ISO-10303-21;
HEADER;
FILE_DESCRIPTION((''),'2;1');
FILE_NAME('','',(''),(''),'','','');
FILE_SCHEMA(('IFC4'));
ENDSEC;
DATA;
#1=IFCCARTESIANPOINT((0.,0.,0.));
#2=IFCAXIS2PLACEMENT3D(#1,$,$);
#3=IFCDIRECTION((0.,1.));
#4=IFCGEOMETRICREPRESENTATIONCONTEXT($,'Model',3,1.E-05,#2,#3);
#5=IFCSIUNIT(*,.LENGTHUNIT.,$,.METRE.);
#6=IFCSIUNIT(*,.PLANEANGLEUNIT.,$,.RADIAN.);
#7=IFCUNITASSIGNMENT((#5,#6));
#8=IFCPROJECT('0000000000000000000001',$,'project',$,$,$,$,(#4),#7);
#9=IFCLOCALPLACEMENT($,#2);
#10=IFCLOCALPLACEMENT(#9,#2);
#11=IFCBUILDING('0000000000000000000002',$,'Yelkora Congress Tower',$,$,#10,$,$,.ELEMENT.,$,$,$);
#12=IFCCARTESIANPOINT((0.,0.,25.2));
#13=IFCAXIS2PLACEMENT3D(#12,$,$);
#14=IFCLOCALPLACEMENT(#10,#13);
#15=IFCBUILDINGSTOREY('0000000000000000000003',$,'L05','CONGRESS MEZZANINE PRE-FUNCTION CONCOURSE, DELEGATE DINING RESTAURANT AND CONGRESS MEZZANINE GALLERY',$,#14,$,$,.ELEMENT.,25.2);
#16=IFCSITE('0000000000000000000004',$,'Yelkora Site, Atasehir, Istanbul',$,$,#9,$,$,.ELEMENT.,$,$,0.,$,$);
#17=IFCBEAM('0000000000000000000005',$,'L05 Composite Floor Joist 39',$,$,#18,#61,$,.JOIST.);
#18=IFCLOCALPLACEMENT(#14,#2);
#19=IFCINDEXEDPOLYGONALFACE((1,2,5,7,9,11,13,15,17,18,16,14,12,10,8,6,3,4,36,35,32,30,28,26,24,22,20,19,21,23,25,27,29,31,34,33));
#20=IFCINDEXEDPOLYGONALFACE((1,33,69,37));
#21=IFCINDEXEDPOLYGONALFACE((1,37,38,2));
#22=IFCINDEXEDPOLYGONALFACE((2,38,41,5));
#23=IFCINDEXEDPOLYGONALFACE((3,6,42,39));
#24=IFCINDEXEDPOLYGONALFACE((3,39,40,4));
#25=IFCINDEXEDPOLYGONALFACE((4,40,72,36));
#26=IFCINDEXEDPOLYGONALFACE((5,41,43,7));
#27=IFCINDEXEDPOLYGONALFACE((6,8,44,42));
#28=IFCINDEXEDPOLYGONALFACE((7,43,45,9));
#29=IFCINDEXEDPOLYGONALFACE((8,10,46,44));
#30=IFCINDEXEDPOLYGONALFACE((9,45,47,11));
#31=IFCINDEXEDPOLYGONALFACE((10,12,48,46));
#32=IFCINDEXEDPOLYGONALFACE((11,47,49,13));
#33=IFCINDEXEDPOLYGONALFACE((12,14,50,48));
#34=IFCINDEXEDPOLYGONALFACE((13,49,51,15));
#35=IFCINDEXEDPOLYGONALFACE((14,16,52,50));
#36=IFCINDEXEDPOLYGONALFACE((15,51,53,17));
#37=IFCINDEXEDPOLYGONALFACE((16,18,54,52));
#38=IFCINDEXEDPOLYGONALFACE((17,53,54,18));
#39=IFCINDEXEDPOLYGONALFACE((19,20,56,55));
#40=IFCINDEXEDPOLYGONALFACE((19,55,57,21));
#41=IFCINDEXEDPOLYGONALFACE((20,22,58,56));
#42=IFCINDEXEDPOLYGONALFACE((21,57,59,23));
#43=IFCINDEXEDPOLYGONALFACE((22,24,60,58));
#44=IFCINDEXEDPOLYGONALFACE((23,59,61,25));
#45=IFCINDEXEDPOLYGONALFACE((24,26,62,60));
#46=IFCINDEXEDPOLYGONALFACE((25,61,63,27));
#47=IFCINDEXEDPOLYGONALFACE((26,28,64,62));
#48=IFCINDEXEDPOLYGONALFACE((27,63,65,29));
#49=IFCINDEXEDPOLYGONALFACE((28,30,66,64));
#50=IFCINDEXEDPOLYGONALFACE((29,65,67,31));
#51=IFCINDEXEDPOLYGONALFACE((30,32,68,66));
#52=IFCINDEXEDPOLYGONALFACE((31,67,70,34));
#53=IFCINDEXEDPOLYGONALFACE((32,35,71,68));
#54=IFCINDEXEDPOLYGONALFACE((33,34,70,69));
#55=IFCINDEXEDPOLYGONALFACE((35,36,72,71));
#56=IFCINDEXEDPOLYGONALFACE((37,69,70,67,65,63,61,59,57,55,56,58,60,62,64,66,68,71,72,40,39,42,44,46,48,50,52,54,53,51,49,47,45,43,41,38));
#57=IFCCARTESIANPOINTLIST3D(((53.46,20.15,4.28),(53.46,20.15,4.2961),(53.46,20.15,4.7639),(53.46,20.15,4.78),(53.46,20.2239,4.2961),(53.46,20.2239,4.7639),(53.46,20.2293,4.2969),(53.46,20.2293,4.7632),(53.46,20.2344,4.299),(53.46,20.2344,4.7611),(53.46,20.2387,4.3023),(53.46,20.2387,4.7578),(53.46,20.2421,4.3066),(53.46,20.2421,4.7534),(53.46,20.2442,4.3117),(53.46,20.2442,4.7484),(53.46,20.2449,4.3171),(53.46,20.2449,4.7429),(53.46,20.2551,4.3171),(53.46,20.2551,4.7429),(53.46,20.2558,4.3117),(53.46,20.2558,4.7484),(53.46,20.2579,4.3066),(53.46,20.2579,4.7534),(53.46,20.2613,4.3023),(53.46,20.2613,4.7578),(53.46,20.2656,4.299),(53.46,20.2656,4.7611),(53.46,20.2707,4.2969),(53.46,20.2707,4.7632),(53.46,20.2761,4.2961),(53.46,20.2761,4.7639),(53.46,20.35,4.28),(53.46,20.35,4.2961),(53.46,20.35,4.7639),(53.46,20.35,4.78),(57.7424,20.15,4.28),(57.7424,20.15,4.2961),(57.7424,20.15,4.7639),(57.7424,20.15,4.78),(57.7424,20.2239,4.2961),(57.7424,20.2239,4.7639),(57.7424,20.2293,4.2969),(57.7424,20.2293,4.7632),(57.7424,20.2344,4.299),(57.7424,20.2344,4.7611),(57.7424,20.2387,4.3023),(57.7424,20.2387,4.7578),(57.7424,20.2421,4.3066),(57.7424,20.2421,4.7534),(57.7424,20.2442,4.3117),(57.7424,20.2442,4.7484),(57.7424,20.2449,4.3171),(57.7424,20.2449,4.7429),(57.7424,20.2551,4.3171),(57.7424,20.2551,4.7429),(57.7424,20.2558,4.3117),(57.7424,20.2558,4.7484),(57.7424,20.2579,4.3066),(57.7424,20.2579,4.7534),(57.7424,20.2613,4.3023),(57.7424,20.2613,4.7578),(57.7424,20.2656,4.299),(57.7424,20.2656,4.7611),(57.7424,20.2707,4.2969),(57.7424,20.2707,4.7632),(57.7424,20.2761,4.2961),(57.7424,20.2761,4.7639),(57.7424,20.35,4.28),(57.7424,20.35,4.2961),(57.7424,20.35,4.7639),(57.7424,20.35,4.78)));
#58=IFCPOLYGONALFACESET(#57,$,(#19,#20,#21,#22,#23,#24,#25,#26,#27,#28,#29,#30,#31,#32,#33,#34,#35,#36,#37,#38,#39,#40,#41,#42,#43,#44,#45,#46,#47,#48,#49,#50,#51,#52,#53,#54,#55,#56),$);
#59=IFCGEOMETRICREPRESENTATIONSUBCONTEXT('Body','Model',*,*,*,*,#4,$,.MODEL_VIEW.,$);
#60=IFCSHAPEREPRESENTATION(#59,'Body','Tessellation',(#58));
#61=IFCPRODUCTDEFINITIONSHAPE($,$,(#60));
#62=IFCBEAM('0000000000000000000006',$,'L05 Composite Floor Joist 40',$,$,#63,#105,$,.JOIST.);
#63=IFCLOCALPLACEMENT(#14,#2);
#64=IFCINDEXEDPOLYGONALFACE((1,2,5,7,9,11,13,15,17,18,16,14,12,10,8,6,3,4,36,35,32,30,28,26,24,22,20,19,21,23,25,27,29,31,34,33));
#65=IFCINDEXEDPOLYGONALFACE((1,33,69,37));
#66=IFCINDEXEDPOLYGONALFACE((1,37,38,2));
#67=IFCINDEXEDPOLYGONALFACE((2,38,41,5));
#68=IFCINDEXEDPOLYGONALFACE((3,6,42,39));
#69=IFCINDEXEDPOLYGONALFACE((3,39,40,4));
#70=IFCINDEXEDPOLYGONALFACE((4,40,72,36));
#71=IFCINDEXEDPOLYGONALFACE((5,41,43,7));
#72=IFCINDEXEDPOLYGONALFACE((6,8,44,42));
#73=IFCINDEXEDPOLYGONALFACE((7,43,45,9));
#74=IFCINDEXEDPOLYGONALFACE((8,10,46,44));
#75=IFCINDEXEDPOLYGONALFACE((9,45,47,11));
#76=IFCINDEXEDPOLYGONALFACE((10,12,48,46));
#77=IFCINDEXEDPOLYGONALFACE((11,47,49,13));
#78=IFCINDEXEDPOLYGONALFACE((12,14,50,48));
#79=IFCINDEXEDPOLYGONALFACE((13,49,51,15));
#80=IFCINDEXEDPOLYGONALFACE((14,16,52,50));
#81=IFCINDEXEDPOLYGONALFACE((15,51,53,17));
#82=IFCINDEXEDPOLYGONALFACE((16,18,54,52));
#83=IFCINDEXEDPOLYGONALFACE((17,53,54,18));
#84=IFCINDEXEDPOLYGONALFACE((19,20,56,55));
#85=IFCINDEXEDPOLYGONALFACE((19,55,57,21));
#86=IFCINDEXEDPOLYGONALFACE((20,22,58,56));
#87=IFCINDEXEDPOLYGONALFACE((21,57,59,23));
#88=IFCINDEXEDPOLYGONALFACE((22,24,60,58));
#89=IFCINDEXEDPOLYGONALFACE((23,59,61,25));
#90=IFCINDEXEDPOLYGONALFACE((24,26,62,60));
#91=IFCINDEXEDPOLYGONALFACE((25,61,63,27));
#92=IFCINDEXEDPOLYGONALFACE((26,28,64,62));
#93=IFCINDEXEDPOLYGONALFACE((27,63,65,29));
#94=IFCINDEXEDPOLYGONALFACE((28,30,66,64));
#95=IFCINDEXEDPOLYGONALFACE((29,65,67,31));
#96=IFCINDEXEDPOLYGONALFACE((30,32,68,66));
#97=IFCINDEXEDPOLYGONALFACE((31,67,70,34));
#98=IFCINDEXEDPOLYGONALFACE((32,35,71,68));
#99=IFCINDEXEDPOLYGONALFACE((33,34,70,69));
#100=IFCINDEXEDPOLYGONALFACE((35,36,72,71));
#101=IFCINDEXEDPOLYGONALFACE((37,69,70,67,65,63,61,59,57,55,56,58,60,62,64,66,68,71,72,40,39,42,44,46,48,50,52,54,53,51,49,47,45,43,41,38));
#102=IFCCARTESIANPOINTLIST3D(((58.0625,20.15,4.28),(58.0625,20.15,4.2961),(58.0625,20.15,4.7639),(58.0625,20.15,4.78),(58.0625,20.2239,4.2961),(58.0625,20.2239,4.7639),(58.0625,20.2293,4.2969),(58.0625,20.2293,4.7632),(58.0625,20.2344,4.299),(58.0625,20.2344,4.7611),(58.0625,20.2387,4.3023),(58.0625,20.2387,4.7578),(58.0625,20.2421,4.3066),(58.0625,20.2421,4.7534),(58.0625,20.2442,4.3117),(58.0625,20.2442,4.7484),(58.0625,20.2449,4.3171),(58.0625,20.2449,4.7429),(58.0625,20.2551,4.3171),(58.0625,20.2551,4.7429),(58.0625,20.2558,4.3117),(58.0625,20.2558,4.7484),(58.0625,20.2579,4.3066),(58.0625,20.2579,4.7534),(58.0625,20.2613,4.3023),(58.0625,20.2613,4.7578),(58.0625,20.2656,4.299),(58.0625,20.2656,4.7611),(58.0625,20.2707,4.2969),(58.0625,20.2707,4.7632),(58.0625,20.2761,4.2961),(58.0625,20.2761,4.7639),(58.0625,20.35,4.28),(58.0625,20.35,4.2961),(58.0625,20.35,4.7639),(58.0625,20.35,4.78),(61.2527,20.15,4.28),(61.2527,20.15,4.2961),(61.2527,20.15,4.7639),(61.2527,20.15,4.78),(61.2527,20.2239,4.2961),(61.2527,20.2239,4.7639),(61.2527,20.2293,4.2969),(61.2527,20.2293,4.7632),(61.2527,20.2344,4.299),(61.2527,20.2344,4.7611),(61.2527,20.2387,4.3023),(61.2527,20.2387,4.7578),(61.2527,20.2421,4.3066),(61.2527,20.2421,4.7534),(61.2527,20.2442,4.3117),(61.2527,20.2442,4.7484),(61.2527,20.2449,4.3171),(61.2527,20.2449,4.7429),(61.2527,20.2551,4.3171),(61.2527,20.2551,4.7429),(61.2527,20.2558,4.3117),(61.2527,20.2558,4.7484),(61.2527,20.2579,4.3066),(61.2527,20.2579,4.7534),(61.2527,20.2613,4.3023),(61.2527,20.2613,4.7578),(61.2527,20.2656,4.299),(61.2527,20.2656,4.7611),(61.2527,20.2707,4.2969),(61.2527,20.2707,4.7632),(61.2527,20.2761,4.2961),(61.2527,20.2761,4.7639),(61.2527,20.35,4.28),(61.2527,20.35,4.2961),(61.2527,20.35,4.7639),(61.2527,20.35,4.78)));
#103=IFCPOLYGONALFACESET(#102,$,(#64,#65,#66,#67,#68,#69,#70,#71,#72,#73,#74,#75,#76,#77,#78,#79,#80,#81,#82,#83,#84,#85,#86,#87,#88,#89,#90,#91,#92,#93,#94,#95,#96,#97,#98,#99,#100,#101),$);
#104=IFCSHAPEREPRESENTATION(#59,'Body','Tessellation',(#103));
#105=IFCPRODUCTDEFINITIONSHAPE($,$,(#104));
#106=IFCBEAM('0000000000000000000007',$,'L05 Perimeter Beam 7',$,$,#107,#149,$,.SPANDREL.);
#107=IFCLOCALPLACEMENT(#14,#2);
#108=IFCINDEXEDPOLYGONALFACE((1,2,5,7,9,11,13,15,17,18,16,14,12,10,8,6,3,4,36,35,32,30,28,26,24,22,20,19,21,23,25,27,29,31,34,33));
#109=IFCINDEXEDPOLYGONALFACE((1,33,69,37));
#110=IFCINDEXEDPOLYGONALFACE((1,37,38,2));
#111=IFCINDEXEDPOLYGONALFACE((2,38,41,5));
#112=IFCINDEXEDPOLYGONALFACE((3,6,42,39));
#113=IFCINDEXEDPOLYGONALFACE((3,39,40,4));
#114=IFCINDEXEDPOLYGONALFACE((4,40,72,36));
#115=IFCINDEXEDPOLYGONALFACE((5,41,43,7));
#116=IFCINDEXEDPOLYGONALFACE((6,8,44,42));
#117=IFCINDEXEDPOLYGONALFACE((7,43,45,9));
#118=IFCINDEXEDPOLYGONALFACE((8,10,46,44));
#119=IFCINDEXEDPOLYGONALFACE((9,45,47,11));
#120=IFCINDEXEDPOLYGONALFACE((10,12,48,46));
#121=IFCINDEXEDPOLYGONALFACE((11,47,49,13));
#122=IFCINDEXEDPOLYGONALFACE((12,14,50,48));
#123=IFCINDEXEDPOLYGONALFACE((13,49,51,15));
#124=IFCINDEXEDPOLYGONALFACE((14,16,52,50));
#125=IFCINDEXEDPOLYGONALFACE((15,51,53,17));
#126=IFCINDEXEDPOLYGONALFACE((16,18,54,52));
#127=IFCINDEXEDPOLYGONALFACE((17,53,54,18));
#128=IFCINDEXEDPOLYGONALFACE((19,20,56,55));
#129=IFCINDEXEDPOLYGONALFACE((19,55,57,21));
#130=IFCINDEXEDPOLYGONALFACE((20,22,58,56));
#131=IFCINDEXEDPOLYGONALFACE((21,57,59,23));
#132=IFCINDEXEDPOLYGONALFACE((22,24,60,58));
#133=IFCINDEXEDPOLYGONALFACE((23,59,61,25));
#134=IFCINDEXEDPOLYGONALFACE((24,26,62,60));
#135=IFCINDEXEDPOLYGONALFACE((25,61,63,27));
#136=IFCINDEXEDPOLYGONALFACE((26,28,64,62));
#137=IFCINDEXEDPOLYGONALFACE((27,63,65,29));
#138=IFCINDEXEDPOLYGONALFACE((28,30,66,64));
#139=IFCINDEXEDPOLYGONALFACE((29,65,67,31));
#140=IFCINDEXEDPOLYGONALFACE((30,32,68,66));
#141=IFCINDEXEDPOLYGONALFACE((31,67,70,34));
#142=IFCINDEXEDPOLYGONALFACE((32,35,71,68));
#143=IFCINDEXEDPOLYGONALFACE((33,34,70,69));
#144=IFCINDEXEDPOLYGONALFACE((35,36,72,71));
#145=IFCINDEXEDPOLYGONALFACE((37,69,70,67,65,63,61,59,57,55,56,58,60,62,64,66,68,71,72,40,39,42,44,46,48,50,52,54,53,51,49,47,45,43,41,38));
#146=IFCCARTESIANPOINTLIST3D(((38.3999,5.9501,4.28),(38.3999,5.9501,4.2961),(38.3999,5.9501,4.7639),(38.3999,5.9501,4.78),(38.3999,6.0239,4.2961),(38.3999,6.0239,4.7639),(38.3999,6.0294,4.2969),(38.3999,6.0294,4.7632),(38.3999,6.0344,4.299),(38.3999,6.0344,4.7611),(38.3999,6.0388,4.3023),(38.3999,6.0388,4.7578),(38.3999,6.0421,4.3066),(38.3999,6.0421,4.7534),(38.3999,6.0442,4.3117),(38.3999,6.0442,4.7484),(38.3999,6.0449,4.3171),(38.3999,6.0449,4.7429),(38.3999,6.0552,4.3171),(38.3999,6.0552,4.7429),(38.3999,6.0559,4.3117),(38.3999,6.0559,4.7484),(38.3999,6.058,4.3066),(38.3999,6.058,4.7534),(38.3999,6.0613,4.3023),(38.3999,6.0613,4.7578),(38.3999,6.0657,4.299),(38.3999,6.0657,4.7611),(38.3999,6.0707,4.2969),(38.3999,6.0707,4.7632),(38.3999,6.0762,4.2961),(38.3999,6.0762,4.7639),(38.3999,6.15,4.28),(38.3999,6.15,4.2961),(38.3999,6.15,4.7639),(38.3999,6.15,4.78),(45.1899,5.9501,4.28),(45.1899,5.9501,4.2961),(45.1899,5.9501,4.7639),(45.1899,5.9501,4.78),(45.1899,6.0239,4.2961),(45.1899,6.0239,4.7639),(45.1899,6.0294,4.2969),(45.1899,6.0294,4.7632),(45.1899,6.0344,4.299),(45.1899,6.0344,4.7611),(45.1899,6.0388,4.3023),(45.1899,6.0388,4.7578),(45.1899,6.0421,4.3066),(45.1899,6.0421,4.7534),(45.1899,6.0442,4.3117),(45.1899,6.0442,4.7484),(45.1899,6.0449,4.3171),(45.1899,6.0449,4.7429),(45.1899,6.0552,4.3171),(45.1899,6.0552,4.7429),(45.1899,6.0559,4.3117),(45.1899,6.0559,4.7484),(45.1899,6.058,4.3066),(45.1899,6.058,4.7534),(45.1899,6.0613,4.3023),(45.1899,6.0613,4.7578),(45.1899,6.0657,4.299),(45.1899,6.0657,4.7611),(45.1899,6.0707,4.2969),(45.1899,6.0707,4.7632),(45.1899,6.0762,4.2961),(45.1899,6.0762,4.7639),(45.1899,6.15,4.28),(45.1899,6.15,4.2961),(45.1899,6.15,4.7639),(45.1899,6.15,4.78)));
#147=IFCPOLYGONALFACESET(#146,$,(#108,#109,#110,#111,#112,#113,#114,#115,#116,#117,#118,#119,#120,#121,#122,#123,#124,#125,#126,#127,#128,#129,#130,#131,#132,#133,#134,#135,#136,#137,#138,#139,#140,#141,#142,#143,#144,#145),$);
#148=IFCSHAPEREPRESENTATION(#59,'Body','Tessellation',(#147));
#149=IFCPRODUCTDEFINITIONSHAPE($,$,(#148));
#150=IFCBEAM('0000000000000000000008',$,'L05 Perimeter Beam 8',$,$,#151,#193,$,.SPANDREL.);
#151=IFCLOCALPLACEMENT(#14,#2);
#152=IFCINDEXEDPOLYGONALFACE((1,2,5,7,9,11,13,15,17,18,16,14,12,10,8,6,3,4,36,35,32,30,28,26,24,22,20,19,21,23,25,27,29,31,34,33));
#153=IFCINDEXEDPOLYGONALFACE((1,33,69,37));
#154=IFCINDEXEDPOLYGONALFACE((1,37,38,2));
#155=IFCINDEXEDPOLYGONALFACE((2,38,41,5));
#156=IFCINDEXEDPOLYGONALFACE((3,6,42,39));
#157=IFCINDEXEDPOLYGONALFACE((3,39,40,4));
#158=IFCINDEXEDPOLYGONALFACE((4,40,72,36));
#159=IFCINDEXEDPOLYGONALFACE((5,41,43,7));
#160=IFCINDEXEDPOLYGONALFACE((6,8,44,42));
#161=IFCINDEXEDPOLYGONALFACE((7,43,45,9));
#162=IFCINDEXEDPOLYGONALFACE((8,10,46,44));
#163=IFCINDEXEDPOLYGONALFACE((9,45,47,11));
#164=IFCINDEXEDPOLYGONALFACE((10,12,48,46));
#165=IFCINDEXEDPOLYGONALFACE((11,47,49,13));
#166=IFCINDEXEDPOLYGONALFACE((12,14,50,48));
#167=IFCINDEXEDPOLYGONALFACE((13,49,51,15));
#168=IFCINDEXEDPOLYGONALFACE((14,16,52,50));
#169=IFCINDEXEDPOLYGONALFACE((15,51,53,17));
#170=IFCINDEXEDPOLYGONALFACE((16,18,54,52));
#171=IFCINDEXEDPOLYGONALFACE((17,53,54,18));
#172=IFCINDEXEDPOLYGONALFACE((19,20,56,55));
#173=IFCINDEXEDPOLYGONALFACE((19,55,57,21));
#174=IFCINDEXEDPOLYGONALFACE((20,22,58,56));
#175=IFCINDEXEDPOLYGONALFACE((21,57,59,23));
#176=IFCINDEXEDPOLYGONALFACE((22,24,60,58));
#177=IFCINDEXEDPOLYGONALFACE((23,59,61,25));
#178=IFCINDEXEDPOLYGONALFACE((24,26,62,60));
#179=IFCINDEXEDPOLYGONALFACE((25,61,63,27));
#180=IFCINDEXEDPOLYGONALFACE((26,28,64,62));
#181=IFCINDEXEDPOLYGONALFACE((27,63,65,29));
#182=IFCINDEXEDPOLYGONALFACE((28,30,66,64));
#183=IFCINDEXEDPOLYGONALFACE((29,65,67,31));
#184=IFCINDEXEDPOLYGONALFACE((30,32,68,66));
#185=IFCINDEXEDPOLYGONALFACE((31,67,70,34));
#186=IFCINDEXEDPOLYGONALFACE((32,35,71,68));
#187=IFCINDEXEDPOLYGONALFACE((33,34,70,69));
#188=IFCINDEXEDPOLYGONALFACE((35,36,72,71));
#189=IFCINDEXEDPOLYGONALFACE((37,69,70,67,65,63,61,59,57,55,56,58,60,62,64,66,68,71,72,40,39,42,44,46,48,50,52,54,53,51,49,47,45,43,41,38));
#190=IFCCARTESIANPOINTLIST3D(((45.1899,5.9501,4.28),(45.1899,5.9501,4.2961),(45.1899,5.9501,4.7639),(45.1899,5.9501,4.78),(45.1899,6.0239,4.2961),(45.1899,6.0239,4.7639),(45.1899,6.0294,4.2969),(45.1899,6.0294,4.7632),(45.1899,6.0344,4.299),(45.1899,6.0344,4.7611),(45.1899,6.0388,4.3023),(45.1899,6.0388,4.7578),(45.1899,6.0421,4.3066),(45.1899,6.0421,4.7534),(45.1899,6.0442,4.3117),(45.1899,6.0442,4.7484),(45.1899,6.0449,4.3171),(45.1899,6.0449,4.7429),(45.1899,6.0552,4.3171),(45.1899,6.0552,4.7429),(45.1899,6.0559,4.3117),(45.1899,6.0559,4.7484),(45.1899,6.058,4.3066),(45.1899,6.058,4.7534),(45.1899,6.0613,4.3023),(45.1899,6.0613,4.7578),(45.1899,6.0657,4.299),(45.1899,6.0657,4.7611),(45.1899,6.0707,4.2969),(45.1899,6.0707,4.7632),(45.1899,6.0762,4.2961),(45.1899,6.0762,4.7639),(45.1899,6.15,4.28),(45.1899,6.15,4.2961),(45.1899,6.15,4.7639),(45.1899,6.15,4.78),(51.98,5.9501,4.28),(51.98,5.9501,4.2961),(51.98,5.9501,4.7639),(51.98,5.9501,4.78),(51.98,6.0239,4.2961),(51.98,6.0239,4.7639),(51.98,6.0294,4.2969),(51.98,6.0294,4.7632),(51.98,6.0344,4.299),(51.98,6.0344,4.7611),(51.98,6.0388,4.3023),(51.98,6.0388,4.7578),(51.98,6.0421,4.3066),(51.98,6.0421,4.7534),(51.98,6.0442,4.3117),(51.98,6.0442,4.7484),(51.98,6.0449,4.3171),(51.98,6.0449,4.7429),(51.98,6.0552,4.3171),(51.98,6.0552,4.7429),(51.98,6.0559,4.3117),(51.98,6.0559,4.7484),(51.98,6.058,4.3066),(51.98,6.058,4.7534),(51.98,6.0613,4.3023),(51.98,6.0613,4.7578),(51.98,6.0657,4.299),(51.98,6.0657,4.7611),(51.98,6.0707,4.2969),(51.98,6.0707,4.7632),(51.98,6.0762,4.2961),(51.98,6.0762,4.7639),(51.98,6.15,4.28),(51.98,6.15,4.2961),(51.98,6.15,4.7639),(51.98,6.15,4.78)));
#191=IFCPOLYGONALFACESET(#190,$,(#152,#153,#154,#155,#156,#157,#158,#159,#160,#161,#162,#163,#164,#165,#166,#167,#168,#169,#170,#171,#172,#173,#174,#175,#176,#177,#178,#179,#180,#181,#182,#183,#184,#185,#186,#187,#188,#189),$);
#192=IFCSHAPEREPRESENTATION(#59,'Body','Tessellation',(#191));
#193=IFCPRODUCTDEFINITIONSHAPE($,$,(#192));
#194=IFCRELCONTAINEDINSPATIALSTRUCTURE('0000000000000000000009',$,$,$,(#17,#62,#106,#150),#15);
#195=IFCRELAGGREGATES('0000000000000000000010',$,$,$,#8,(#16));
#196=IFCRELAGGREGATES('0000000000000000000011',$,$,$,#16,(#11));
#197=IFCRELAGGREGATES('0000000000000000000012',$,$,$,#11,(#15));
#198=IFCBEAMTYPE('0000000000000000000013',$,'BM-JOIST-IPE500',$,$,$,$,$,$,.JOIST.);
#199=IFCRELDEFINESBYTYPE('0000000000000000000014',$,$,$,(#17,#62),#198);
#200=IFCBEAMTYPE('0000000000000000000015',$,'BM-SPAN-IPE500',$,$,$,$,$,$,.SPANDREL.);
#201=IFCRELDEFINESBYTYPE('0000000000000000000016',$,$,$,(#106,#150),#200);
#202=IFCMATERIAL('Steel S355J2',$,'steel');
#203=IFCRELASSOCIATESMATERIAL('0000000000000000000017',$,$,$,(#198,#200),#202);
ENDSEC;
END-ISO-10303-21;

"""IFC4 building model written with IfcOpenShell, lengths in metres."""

from ifc_helpers import new_model, si_unit, direction, frame, origin, origin_2d, place, context, subcontext, project, spatial, i_section, extrude, material, material_profile, profile_set, type_object, element, save


model = new_model("IFC4")

# Units and contexts
model_context = context("Model", 3, precision=1e-05, world=origin(), true_north=direction((0.0, 1.0)))
body_context = subcontext(model_context, "Body", "Model", "MODEL_VIEW")
ifc_project = project(units=[si_unit("LENGTHUNIT", "METRE"), si_unit("PLANEANGLEUNIT", "RADIAN")], contexts=[model_context])

# Site, building, storey
site_placement = place(None, origin())
site = spatial("IfcSite", under=ifc_project, at=site_placement, Name="Yelkora Site, Atasehir, Istanbul", CompositionType="ELEMENT", RefElevation=0.0)
building_placement = place(site_placement, origin())
building = spatial("IfcBuilding", under=site, at=building_placement, Name="Yelkora Congress Tower", CompositionType="ELEMENT")
storey_placement = place(building_placement, frame((0.0, 0.0, 25.2)))
storey = spatial("IfcBuildingStorey", under=building, at=storey_placement, Name="L05", Description="CONGRESS MEZZANINE PRE-FUNCTION CONCOURSE, DELEGATE DINING RESTAURANT AND CONGRESS MEZZANINE GALLERY", CompositionType="ELEMENT", Elevation=25.2)

# Beams
ifc_material_1 = material(Name="Steel S355J2", Category="steel")
ifc_material_profile_1 = material_profile(ifc_material_1, i_section(OverallWidth=0.2, OverallDepth=0.5, WebThickness=0.0103, FlangeThickness=0.0161, FilletRadius=0.021, at=origin_2d()), Name="IPE 500")
ifc_profile_set_1 = profile_set([ifc_material_profile_1], Name="Steel S355J2")
beam_type_1 = type_object("IfcBeamType", Name="BM-JOIST-IPE500", PredefinedType="JOIST", material=ifc_profile_set_1)
beam_1_placement = place(storey_placement, frame((53.46, 20.25, 4.53), z_axis=(1.0, 0.0, 0.0), x_axis=(0.0, 1.0, 0.0)))
element("IfcBeam", 1, at=beam_1_placement, inside=storey, type_object=beam_type_1, Name="L05 Composite Floor Joist 39", PredefinedType="JOIST", context=body_context, shape_type="SweptSolid", body=[
    extrude(i_section(OverallWidth=0.2, OverallDepth=0.5, WebThickness=0.0103, FlangeThickness=0.0161, FilletRadius=0.021, at=origin_2d()), origin(), (0.0, 0.0, 1.0), 4.2825),
])
beam_2_placement = place(storey_placement, frame((58.0625, 20.25, 4.53), z_axis=(1.0, 0.0, 0.0), x_axis=(0.0, 1.0, 0.0)))
element("IfcBeam", 2, at=beam_2_placement, inside=storey, type_object=beam_type_1, Name="L05 Composite Floor Joist 40", PredefinedType="JOIST", context=body_context, shape_type="SweptSolid", body=[
    extrude(i_section(OverallWidth=0.2, OverallDepth=0.5, WebThickness=0.0103, FlangeThickness=0.0161, FilletRadius=0.021, at=origin_2d()), origin(), (0.0, 0.0, 1.0), 3.1902),
])
ifc_material_profile_2 = material_profile(ifc_material_1, i_section(OverallWidth=0.2, OverallDepth=0.5, WebThickness=0.0103, FlangeThickness=0.0161, FilletRadius=0.021, at=origin_2d()), Name="IPE 500")
ifc_profile_set_2 = profile_set([ifc_material_profile_2], Name="Steel S355J2")
beam_type_2 = type_object("IfcBeamType", Name="BM-SPAN-IPE500", PredefinedType="SPANDREL", material=ifc_profile_set_2)
for number, where, z_axis, x_axis, name in (
    (3, (38.3999, 6.05, 4.53), (1.0, 0.0, 0.0), (0.0, 1.0, 0.0), "L05 Perimeter Beam 7"),
    (4, (45.1899, 6.05, 4.53), (1.0, 0.0, 0.0), (0.0, 1.0, 0.0), "L05 Perimeter Beam 8"),
):
    element("IfcBeam", number, at=place(storey_placement, frame(where, z_axis=z_axis, x_axis=x_axis)), inside=storey, type_object=beam_type_2, Name=name, PredefinedType="SPANDREL", context=body_context, shape_type="SweptSolid", body=[
        extrude(i_section(OverallWidth=0.2, OverallDepth=0.5, WebThickness=0.0103, FlangeThickness=0.0161, FilletRadius=0.021, at=origin_2d()), origin(), (0.0, 0.0, 1.0), 6.79),
    ])

save(model, "model.ifc")
